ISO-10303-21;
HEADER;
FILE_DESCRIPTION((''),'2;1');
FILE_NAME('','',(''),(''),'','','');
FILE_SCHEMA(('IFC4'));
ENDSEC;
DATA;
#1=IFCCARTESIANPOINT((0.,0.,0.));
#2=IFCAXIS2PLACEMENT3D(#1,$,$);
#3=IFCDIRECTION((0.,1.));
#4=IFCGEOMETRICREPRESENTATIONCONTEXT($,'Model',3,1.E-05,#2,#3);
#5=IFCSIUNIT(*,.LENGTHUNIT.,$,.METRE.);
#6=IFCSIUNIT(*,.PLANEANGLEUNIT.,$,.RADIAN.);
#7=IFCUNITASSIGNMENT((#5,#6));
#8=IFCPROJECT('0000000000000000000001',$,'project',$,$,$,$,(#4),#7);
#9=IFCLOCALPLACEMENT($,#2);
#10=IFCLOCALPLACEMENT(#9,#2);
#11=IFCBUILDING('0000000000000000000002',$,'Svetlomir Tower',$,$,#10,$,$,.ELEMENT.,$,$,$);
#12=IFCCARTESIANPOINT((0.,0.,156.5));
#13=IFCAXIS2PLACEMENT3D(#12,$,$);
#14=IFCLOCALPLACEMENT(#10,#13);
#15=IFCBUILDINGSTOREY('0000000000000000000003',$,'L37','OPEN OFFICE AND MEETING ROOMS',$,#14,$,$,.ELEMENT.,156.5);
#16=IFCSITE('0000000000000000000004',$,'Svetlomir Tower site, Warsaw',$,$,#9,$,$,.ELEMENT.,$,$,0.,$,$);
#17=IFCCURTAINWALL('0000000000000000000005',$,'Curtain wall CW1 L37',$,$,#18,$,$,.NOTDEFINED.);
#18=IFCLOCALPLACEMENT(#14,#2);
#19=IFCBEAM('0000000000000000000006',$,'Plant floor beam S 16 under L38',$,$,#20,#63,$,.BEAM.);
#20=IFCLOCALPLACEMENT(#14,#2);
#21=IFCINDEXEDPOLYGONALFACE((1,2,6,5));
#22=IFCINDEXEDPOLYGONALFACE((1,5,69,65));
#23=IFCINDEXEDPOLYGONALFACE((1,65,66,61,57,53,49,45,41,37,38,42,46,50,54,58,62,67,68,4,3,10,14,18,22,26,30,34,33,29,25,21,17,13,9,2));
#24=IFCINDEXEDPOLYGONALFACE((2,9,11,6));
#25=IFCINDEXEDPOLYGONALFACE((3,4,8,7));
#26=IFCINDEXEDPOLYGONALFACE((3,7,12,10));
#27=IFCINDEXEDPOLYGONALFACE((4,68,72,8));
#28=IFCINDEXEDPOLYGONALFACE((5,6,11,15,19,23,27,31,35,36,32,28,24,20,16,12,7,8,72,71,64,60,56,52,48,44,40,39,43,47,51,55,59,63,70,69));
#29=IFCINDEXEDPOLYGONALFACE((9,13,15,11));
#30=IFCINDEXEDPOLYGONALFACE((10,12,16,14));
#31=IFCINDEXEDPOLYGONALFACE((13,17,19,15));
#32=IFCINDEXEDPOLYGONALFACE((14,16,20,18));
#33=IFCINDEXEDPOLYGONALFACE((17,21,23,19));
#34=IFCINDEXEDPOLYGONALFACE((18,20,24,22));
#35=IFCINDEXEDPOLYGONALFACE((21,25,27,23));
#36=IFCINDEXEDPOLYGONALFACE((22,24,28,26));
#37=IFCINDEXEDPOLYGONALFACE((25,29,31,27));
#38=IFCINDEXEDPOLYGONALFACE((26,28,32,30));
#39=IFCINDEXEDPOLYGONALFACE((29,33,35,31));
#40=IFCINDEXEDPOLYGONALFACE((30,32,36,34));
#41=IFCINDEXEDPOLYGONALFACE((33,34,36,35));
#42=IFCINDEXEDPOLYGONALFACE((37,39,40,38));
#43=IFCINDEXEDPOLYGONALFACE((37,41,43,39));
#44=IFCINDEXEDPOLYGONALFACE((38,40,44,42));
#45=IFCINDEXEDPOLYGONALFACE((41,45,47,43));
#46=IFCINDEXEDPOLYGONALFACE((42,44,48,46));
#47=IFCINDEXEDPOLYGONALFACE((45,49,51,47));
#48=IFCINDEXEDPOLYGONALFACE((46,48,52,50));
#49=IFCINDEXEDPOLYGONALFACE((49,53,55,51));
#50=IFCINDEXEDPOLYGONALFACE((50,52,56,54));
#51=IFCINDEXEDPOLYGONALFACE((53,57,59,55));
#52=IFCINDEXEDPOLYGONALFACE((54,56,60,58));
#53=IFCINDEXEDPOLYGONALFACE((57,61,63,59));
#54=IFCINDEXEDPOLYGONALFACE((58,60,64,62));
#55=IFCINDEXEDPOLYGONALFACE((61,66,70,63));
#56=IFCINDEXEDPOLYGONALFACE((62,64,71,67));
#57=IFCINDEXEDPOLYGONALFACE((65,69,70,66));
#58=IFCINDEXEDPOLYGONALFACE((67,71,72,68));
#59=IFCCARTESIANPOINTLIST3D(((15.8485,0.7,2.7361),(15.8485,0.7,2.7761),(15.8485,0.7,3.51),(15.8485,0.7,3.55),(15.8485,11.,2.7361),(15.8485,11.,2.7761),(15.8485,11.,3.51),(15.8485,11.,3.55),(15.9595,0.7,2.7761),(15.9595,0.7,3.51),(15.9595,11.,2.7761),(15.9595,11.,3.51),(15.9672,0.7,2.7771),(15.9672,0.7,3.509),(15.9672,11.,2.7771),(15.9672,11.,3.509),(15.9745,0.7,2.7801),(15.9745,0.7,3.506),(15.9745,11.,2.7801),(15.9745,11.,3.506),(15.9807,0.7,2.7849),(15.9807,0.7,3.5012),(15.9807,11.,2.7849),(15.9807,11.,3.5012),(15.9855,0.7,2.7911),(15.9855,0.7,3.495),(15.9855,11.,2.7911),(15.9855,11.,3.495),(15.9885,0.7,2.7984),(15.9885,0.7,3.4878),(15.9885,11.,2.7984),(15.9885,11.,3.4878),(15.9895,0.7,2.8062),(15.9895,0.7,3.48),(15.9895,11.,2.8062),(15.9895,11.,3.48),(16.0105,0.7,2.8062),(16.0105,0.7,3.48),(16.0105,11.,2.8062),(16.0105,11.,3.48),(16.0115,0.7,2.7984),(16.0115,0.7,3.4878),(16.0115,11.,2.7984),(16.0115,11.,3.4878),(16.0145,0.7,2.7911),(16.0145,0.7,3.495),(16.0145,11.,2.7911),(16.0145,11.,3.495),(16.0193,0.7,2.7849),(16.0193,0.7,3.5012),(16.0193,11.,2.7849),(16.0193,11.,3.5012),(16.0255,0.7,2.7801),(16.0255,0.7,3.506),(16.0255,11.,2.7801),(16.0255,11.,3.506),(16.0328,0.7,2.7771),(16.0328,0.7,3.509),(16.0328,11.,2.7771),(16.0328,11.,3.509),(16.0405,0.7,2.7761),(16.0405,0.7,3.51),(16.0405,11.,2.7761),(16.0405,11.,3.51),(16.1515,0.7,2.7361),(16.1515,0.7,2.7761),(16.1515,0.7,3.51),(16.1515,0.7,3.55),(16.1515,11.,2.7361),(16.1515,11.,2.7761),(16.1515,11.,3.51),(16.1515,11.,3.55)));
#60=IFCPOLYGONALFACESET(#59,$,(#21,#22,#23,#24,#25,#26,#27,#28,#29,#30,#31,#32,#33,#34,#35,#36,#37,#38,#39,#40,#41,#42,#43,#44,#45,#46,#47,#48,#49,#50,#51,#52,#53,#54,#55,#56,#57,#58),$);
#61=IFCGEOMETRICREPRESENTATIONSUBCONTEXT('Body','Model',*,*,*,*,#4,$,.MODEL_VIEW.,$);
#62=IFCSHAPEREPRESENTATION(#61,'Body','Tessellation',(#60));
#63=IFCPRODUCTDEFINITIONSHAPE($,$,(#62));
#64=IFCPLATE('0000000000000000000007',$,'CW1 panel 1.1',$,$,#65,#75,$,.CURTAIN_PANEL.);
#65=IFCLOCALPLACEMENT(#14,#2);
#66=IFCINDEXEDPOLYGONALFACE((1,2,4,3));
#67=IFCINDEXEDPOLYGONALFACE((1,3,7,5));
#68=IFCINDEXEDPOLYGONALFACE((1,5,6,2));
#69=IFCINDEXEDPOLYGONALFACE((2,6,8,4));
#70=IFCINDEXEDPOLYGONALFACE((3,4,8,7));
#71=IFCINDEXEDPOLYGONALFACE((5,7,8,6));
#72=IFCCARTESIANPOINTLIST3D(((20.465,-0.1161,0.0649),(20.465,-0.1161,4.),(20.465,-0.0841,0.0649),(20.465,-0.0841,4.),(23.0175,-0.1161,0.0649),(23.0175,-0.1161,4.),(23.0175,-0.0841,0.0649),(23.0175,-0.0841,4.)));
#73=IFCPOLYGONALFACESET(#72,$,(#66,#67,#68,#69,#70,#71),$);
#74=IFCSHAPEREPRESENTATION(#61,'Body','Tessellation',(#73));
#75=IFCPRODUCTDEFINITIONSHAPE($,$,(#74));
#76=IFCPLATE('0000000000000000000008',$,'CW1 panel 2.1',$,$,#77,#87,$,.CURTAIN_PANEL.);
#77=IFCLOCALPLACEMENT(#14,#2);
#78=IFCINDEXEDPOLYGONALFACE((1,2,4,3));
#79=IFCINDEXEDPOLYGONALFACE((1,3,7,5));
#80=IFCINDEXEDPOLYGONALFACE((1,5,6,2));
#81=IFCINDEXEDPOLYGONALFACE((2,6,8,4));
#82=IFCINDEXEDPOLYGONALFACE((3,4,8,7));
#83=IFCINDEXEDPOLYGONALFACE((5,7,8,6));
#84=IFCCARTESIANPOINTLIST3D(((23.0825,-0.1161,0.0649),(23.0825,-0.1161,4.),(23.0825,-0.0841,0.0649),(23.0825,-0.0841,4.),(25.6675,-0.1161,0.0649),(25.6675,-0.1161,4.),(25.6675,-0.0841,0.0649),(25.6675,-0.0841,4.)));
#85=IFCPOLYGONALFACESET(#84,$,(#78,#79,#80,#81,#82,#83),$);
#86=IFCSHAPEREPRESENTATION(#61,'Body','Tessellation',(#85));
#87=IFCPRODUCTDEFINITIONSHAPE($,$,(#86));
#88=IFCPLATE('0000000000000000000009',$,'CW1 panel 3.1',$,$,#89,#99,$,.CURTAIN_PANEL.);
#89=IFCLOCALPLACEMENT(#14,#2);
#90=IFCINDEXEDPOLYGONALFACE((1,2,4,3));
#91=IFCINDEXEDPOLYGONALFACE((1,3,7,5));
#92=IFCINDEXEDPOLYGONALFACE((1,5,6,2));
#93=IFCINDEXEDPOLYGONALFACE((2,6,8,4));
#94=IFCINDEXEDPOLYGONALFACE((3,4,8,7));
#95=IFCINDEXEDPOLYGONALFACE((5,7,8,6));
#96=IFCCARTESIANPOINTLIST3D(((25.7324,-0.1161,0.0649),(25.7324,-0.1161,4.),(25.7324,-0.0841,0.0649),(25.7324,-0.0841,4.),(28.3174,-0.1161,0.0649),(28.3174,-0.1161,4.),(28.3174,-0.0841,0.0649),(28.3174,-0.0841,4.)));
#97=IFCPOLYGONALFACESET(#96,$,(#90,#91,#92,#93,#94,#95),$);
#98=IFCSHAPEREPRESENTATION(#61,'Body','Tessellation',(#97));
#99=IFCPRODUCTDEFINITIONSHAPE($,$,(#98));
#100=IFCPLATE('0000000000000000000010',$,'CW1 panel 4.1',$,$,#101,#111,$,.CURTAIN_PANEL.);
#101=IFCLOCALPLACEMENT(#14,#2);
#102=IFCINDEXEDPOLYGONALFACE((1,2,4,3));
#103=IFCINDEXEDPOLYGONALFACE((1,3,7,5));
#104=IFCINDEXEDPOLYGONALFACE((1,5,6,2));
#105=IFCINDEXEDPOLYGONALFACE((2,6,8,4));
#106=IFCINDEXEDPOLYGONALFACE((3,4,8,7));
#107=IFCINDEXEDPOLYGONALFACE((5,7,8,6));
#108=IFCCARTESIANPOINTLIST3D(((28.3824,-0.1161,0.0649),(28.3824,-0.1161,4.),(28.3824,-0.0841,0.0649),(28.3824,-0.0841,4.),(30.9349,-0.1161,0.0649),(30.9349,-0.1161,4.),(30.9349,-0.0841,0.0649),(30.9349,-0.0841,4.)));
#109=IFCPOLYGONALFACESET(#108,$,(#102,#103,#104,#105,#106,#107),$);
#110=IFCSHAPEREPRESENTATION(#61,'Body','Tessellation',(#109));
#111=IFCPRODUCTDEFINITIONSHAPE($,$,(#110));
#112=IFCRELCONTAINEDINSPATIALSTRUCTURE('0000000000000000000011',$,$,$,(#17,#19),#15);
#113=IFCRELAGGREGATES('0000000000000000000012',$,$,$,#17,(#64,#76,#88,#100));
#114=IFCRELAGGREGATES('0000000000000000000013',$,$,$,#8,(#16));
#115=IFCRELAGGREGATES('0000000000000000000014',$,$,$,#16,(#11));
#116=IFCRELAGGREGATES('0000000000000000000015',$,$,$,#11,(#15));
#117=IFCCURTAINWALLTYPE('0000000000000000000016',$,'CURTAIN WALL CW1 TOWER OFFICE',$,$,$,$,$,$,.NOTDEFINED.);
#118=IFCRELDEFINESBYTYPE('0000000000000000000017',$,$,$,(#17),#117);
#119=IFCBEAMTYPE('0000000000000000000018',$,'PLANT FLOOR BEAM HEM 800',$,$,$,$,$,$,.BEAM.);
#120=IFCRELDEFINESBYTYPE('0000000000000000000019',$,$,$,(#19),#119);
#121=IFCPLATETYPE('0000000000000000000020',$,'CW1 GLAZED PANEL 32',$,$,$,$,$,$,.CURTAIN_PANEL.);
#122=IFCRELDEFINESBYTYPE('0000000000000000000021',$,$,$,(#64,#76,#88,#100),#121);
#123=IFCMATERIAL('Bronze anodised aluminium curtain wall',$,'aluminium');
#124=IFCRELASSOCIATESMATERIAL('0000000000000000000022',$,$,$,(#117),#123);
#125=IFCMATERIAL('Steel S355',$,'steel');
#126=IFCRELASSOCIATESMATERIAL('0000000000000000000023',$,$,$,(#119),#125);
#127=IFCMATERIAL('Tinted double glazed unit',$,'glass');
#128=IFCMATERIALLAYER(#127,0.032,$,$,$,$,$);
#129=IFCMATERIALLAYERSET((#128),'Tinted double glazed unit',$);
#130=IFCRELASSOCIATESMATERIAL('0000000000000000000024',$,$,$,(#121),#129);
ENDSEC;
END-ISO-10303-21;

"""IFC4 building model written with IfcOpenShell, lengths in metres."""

from ifc_helpers import new_model, si_unit, direction, frame, origin, origin_2d, place, context, subcontext, project, spatial, rectangle, i_section, extrude, material, layer, layer_set, material_profile, profile_set, type_object, element, aggregate, save


model = new_model("IFC4")

# Units and contexts
model_context = context("Model", 3, precision=1e-05, world=origin(), true_north=direction((0.0, 1.0)))
body_context = subcontext(model_context, "Body", "Model", "MODEL_VIEW")
ifc_project = project(units=[si_unit("LENGTHUNIT", "METRE"), si_unit("PLANEANGLEUNIT", "RADIAN")], contexts=[model_context])

# Site, building, storey
site_placement = place(None, origin())
site = spatial("IfcSite", under=ifc_project, at=site_placement, Name="Svetlomir Tower site, Warsaw", CompositionType="ELEMENT", RefElevation=0.0)
building_placement = place(site_placement, origin())
building = spatial("IfcBuilding", under=site, at=building_placement, Name="Svetlomir Tower", CompositionType="ELEMENT")
storey_placement = place(building_placement, frame((0.0, 0.0, 156.5)))
storey = spatial("IfcBuildingStorey", under=building, at=storey_placement, Name="L37", Description="OPEN OFFICE AND MEETING ROOMS", CompositionType="ELEMENT", Elevation=156.5)

# Curtain wall
ifc_material_1 = material(Name="Bronze anodised aluminium curtain wall", Category="aluminium")
curtain_wall_type = type_object("IfcCurtainWallType", Name="CURTAIN WALL CW1 TOWER OFFICE", PredefinedType="NOTDEFINED", material=ifc_material_1)
curtain_wall_1_placement = place(storey_placement, origin())
curtain_wall_1 = element("IfcCurtainWall", 1, at=curtain_wall_1_placement, inside=storey, type_object=curtain_wall_type, Name="Curtain wall CW1 L37", PredefinedType="NOTDEFINED")

# Beam
ifc_material_2 = material(Name="Steel S355", Category="steel")
ifc_material_profile_1 = material_profile(ifc_material_2, i_section(OverallWidth=0.303, OverallDepth=0.814, WebThickness=0.021, FlangeThickness=0.04, FilletRadius=0.03, at=origin_2d()), Name="HEM 800")
ifc_profile_set_1 = profile_set([ifc_material_profile_1], Name="Steel S355")
beam_type_1 = type_object("IfcBeamType", Name="PLANT FLOOR BEAM HEM 800", PredefinedType="BEAM", material=ifc_profile_set_1)
beam_1_placement = place(storey_placement, frame((16.0, 0.7, 3.1431), z_axis=(0.0, 1.0, 0.0), x_axis=(-1.0, 0.0, 0.0)))
element("IfcBeam", 2, at=beam_1_placement, inside=storey, type_object=beam_type_1, Name="Plant floor beam S 16 under L38", PredefinedType="BEAM", context=body_context, shape_type="SweptSolid", body=[
    extrude(i_section(OverallWidth=0.303, OverallDepth=0.814, WebThickness=0.021, FlangeThickness=0.04, FilletRadius=0.03, at=origin_2d()), origin(), (0.0, 0.0, 1.0), 10.3),
])

# Plates
ifc_material_3 = material(Name="Tinted double glazed unit", Category="glass")
ifc_layer_1 = layer(ifc_material_3, 0.032)
ifc_layer_set_1 = layer_set([ifc_layer_1], Name="Tinted double glazed unit")
plate_type = type_object("IfcPlateType", Name="CW1 GLAZED PANEL 32", PredefinedType="CURTAIN_PANEL", material=ifc_layer_set_1)
plate_1_placement = place(storey_placement, frame((21.7412, -0.1001, 0.0649), z_axis=(0.0, 0.0, 1.0), x_axis=(1.0, 0.0, 0.0)))
plate_1 = element("IfcPlate", 3, at=plate_1_placement, type_object=plate_type, Name="CW1 panel 1.1", PredefinedType="CURTAIN_PANEL", context=body_context, shape_type="SweptSolid", body=[
    extrude(rectangle(XDim=2.5525, YDim=0.032, at=origin_2d()), origin(), (0.0, 0.0, 1.0), 3.9351),
])
plate_2_placement = place(storey_placement, frame((24.375, -0.1001, 0.0649), z_axis=(0.0, 0.0, 1.0), x_axis=(1.0, 0.0, 0.0)))
plate_2 = element("IfcPlate", 4, at=plate_2_placement, type_object=plate_type, Name="CW1 panel 2.1", PredefinedType="CURTAIN_PANEL", context=body_context, shape_type="SweptSolid", body=[
    extrude(rectangle(XDim=2.585, YDim=0.032, at=origin_2d()), origin(), (0.0, 0.0, 1.0), 3.9351),
])
plate_3_placement = place(storey_placement, frame((27.0249, -0.1001, 0.0649), z_axis=(0.0, 0.0, 1.0), x_axis=(1.0, 0.0, 0.0)))
plate_3 = element("IfcPlate", 5, at=plate_3_placement, type_object=plate_type, Name="CW1 panel 3.1", PredefinedType="CURTAIN_PANEL", context=body_context, shape_type="SweptSolid", body=[
    extrude(rectangle(XDim=2.585, YDim=0.032, at=origin_2d()), origin(), (0.0, 0.0, 1.0), 3.9351),
])
plate_4_placement = place(storey_placement, frame((29.6587, -0.1001, 0.0649), z_axis=(0.0, 0.0, 1.0), x_axis=(1.0, 0.0, 0.0)))
plate_4 = element("IfcPlate", 6, at=plate_4_placement, type_object=plate_type, Name="CW1 panel 4.1", PredefinedType="CURTAIN_PANEL", context=body_context, shape_type="SweptSolid", body=[
    extrude(rectangle(XDim=2.5525, YDim=0.032, at=origin_2d()), origin(), (0.0, 0.0, 1.0), 3.9351),
])
aggregate(curtain_wall_1, [plate_1, plate_2, plate_3, plate_4])

save(model, "model.ifc")
